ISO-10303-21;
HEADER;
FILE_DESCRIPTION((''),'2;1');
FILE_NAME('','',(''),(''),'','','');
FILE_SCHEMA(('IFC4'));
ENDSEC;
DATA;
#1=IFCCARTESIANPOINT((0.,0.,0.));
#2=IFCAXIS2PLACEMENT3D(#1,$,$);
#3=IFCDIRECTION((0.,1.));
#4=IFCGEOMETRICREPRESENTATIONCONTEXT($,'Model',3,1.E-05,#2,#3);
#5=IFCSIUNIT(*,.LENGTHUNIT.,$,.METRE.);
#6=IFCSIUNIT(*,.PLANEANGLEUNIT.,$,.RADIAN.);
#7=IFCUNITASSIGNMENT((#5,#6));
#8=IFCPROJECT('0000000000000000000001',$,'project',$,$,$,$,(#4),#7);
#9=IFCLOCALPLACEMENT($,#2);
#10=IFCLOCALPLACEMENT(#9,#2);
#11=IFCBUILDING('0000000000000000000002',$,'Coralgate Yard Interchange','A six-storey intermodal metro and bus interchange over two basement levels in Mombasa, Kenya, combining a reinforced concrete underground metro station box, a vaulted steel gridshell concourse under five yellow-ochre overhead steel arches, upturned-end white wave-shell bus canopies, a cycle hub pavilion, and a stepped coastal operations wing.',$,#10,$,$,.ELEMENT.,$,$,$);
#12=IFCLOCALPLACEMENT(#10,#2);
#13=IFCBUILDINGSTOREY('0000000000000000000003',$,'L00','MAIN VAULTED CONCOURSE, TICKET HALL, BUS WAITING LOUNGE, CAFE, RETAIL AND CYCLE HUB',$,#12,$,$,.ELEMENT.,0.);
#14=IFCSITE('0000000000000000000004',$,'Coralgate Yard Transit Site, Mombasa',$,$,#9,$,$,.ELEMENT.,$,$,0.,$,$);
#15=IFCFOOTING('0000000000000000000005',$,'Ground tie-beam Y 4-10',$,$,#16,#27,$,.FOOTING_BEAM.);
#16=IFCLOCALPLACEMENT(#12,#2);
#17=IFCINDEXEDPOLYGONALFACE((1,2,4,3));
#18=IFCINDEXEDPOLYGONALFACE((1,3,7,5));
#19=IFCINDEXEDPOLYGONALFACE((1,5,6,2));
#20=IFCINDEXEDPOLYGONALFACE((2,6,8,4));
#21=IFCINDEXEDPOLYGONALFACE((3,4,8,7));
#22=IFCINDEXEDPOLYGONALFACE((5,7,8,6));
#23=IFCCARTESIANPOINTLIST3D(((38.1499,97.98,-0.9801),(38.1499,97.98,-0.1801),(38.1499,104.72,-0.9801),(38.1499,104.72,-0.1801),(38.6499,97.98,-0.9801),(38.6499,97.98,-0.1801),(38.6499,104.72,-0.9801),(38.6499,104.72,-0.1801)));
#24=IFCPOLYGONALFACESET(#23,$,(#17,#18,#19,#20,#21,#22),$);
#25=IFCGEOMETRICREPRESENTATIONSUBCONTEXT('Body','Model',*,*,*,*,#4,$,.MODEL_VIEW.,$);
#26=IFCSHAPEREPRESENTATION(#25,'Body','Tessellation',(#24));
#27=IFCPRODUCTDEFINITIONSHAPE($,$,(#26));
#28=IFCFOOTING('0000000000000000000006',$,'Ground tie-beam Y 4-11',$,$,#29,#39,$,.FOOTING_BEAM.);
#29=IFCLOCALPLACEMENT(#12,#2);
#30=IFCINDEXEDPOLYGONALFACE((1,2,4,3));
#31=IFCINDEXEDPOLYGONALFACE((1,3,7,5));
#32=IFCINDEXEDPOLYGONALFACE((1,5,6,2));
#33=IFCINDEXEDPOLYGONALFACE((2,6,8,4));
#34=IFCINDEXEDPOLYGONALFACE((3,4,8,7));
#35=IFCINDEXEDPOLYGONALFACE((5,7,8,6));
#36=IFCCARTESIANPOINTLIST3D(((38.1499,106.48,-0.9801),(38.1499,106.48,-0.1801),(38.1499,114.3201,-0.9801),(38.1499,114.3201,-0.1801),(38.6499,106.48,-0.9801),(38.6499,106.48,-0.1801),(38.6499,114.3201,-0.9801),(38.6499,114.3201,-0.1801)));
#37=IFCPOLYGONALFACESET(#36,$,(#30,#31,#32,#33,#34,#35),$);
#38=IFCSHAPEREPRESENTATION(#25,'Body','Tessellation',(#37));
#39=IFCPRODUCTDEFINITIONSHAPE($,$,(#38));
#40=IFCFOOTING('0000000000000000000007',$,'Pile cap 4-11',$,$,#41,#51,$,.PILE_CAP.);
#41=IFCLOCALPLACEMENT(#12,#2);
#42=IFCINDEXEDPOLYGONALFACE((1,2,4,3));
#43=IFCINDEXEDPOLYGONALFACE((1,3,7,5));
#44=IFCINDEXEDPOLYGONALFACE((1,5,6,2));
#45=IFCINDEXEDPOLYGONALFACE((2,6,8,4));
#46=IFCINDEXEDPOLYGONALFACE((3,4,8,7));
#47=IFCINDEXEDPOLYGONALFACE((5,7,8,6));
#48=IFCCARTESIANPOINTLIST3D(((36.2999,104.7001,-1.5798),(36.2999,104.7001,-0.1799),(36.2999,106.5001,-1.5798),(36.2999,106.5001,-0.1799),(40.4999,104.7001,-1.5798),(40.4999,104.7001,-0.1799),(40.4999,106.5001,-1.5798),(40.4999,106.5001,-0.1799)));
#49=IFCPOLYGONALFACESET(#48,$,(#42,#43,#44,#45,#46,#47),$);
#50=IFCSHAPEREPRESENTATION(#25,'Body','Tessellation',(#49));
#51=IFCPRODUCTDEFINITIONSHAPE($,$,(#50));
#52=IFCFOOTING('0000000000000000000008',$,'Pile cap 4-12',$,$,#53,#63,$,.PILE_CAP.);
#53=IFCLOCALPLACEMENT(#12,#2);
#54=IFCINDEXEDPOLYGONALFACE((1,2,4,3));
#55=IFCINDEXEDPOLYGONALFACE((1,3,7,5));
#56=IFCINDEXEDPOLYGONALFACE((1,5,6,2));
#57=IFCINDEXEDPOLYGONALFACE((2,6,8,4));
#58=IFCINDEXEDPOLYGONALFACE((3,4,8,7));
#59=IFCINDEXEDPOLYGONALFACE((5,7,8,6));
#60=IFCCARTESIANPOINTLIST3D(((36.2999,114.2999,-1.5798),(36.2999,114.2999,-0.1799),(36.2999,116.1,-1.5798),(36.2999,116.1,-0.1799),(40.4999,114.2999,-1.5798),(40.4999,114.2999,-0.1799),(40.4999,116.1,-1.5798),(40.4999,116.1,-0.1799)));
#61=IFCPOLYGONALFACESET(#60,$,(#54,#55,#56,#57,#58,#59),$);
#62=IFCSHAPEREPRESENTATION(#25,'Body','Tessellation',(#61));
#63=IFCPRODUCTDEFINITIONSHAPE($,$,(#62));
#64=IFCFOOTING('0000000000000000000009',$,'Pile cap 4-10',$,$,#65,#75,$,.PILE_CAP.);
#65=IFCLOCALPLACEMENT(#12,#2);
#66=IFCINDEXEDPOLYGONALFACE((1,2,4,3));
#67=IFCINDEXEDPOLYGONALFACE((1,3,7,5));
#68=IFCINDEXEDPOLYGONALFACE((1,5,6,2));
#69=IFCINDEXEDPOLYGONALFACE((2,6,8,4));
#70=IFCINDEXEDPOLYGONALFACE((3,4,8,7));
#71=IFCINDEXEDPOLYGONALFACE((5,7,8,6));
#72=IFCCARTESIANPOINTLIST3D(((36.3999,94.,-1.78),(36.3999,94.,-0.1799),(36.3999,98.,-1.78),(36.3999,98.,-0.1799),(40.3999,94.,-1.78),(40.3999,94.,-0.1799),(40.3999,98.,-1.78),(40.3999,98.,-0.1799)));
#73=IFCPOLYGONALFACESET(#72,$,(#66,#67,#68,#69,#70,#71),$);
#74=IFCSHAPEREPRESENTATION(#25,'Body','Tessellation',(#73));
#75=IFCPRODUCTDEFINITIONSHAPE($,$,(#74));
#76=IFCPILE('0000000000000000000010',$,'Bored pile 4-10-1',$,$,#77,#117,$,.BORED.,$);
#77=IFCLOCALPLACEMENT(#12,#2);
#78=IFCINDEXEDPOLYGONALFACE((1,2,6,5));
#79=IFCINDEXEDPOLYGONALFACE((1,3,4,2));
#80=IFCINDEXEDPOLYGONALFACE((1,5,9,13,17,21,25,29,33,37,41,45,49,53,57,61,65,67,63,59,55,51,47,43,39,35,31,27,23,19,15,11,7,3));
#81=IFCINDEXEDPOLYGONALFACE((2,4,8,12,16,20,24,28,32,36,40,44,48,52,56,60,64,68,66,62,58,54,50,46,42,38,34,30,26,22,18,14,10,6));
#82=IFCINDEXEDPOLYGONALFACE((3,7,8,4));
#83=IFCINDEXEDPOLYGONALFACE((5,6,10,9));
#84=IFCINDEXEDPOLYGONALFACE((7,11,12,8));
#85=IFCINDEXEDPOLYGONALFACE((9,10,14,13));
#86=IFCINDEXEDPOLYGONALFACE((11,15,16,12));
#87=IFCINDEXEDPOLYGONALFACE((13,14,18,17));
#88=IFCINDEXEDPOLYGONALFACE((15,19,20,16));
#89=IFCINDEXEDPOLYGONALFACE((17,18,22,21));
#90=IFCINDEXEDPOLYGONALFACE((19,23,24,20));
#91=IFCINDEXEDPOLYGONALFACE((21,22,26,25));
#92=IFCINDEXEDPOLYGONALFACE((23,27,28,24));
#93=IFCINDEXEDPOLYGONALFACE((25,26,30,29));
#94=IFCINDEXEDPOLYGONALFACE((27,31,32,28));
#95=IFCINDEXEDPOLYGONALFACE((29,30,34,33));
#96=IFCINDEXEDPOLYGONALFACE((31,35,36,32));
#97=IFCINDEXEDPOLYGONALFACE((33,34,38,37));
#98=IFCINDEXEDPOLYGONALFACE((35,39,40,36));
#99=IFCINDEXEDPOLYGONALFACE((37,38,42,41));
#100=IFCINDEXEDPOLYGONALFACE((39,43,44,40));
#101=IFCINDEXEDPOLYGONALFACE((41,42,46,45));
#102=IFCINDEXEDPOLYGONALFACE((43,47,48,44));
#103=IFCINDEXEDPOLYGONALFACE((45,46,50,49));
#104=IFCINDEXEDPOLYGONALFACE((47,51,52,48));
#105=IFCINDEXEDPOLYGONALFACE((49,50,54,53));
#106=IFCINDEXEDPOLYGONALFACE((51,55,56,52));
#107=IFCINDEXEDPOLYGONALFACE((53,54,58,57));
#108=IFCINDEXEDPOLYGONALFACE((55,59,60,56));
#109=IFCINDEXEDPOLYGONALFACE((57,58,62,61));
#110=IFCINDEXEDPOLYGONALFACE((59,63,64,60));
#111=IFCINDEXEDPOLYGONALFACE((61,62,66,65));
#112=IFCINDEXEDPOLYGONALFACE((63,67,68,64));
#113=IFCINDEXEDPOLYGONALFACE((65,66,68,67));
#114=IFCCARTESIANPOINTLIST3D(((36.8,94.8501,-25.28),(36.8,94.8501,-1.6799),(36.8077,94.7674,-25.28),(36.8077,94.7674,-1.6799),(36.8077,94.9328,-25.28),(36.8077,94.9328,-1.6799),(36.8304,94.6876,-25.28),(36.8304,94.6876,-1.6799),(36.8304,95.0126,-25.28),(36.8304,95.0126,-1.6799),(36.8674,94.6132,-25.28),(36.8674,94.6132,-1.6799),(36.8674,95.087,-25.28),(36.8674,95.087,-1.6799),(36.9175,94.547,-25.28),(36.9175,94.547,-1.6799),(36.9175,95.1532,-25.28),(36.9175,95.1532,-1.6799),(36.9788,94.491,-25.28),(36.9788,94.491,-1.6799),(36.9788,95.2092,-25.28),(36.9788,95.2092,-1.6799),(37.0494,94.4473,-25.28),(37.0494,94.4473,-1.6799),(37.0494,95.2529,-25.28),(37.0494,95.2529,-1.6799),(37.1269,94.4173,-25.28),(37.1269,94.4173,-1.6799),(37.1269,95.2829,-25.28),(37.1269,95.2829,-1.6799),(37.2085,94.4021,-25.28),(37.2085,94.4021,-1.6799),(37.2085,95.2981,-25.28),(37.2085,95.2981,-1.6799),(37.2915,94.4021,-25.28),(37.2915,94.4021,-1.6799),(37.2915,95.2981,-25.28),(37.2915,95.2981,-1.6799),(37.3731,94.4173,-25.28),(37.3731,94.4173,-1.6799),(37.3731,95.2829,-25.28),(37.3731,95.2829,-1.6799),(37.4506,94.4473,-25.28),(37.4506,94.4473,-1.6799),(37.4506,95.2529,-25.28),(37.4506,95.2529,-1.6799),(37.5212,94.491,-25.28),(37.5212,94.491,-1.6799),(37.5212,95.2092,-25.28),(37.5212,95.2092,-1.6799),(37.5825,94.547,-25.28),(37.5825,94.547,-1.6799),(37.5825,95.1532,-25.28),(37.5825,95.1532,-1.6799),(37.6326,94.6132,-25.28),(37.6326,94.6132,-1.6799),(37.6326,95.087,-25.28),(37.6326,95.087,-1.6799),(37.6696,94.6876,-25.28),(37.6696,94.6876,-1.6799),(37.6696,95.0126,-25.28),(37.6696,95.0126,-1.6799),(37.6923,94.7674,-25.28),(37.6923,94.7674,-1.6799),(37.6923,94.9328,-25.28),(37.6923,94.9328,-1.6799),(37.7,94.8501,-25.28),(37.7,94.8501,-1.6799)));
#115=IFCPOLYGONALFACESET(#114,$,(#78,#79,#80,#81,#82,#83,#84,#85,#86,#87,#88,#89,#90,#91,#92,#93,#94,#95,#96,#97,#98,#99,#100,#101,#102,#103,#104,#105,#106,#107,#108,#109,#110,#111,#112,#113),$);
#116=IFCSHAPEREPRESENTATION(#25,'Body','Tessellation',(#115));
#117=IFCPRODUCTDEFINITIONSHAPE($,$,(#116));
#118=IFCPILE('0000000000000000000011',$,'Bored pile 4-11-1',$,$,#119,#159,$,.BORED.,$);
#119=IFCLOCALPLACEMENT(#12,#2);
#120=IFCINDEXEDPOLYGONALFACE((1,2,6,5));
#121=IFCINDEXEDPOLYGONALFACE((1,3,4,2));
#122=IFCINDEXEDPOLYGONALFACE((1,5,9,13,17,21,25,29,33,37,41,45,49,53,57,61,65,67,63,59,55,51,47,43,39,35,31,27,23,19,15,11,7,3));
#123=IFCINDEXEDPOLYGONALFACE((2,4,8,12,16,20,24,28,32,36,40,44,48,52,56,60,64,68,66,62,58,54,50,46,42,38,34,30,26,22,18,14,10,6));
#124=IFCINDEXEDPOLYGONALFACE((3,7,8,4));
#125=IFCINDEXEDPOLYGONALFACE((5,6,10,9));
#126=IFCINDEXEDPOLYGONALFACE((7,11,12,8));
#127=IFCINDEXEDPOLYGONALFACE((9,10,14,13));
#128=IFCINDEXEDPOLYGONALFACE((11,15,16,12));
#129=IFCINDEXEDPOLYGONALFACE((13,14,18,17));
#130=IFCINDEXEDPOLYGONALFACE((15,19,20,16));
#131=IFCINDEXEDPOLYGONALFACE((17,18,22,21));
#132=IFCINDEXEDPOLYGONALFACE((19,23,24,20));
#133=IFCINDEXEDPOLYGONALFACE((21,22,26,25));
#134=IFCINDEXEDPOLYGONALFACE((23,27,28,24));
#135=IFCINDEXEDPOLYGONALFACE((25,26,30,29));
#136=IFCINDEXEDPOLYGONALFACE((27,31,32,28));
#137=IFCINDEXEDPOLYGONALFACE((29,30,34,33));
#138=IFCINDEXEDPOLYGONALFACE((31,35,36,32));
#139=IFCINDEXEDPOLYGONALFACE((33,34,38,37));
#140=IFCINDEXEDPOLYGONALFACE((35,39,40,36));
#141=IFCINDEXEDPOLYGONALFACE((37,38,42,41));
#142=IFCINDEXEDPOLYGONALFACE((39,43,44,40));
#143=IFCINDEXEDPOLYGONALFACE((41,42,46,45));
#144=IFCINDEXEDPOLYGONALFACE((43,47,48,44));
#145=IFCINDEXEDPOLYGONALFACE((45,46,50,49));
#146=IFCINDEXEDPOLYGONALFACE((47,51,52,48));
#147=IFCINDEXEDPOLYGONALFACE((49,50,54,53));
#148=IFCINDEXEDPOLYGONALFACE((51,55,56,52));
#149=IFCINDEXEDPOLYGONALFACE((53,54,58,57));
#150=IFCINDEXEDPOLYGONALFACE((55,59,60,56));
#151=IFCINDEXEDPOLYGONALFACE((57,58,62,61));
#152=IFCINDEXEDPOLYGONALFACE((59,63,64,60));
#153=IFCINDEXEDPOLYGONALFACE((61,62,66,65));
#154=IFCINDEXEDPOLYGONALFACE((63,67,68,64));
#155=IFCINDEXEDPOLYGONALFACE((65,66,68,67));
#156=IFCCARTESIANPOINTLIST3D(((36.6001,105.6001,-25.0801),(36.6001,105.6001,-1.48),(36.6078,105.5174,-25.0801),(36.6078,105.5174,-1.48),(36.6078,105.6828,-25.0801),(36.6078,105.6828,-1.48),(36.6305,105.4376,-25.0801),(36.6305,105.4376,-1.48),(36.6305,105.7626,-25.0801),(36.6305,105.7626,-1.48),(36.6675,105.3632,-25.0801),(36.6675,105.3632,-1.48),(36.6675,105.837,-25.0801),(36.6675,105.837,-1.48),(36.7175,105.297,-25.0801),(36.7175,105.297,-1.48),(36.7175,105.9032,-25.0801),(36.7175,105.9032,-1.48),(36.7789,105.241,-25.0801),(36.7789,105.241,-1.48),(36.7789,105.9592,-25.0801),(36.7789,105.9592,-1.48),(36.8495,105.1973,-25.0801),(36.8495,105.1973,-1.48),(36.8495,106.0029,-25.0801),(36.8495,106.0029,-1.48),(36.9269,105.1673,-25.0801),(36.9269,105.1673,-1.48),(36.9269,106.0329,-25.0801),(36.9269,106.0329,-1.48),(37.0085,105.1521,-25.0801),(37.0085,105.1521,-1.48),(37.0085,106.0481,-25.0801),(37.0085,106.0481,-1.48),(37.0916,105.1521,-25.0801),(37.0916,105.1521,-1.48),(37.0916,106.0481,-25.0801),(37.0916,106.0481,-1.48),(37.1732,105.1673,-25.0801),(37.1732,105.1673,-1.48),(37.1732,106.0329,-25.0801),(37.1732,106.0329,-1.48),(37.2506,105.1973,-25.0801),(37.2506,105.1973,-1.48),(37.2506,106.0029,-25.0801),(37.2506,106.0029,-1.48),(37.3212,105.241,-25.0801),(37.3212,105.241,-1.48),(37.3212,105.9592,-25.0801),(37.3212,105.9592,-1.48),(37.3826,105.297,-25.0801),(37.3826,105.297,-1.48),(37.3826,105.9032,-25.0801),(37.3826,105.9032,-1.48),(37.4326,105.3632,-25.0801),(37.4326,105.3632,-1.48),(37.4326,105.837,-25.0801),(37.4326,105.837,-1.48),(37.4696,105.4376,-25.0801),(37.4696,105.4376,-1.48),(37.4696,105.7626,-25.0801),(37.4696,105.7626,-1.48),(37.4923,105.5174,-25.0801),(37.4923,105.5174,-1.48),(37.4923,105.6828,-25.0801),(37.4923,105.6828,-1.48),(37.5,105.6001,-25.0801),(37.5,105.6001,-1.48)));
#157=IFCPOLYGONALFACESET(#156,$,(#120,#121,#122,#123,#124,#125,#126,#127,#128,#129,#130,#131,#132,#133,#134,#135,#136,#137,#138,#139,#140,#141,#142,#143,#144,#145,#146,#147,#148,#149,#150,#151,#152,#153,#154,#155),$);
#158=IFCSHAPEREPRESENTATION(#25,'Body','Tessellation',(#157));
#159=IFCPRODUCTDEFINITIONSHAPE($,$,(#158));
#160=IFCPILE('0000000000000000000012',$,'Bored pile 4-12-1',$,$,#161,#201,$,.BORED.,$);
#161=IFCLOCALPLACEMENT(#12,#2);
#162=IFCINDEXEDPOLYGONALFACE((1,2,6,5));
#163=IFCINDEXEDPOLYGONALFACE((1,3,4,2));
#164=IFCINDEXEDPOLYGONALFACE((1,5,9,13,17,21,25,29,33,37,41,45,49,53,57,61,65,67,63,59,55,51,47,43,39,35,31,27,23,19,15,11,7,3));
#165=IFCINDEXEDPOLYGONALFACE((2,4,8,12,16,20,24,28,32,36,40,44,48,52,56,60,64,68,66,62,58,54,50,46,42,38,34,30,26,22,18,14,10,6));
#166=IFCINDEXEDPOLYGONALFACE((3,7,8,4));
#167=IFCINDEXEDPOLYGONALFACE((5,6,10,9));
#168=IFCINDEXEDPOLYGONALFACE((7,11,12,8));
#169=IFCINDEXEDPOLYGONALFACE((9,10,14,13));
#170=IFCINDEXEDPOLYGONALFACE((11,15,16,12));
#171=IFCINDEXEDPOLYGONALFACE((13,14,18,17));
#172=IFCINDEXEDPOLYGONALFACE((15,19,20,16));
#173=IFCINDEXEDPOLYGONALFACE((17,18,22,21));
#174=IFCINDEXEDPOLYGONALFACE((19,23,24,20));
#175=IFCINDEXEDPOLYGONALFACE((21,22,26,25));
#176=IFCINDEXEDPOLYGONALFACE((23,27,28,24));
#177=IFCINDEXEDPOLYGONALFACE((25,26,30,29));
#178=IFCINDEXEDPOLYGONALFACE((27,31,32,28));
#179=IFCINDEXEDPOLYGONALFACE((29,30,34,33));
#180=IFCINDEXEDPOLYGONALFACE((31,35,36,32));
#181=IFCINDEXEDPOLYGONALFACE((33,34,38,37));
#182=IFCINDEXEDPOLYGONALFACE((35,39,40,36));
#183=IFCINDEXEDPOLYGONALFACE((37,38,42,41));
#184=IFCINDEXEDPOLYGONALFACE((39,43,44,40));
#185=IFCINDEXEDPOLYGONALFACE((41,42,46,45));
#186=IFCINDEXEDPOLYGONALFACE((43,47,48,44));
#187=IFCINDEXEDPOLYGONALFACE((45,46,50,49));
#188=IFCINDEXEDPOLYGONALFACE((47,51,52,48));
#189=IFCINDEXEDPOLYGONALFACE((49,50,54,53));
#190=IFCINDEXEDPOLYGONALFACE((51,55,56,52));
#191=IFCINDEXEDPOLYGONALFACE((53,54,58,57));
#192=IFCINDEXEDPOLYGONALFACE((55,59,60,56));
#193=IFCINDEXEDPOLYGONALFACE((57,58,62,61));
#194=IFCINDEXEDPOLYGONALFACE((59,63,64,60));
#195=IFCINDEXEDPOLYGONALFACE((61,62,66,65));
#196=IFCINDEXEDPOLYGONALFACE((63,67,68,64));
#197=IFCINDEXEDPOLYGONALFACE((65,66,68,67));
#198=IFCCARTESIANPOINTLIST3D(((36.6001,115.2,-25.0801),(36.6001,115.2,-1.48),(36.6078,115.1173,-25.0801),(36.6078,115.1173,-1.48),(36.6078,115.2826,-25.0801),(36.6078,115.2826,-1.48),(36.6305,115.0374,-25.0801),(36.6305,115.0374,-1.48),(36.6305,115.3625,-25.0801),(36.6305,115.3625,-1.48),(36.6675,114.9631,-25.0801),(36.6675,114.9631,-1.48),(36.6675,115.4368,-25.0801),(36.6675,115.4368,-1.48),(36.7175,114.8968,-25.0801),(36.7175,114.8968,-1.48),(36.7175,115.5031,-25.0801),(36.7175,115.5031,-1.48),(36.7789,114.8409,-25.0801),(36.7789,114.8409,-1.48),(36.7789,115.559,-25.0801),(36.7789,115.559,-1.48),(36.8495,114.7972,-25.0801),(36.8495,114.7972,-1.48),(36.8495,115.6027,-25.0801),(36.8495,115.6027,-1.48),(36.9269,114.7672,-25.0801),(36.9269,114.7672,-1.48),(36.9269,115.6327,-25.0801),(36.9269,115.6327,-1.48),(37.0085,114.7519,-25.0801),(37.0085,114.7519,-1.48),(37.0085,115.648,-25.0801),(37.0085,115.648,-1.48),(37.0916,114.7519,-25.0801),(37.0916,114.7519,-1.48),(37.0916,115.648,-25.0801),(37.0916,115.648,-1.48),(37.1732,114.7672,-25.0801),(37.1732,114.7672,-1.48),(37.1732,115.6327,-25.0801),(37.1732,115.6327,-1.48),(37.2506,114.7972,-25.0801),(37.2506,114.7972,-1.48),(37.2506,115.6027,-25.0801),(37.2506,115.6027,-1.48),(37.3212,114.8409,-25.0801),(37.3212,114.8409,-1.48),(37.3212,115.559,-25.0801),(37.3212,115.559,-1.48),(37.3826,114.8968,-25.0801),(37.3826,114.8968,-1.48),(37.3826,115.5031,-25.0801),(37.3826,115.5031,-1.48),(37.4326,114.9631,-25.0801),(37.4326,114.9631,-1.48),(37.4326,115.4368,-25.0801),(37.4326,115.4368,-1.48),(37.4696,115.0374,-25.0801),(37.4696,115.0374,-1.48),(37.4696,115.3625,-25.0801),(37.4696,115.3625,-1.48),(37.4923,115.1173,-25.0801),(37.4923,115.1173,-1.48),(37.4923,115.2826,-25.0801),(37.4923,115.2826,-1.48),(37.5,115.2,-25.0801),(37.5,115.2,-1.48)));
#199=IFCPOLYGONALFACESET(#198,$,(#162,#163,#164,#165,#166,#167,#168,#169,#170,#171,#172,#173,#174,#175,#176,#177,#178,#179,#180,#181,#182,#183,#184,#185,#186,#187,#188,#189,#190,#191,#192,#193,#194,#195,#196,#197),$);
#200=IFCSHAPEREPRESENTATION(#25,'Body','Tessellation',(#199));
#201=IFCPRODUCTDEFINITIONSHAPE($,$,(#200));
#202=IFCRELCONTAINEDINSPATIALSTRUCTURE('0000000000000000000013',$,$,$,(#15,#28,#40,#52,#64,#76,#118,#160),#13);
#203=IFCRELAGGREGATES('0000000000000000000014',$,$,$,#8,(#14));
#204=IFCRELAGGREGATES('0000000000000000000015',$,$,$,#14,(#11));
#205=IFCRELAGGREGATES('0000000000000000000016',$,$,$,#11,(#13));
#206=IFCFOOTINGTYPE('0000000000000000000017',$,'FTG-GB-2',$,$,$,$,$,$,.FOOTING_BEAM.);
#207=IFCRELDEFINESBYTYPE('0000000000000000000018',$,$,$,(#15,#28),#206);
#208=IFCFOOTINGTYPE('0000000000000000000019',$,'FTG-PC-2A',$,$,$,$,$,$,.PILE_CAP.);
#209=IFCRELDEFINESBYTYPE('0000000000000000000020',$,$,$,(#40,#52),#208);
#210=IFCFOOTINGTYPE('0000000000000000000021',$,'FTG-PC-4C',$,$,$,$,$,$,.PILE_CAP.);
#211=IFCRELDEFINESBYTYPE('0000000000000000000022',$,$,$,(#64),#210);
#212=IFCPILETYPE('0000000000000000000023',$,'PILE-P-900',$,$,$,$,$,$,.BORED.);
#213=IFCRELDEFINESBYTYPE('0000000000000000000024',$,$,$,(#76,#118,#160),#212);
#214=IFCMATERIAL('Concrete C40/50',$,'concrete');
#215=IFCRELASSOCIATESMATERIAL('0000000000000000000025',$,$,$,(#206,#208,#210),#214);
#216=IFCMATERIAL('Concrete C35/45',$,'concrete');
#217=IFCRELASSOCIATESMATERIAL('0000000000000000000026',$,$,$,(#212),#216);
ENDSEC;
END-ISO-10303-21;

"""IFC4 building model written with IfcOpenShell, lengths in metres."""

from ifc_helpers import new_model, si_unit, direction, frame, origin, origin_2d, place, context, subcontext, project, spatial, rectangle, circle, extrude, material, material_profile, profile_set, type_object, element, save


model = new_model("IFC4")

# Units and contexts
model_context = context("Model", 3, precision=1e-05, world=origin(), true_north=direction((0.0, 1.0)))
body_context = subcontext(model_context, "Body", "Model", "MODEL_VIEW")
ifc_project = project(units=[si_unit("LENGTHUNIT", "METRE"), si_unit("PLANEANGLEUNIT", "RADIAN")], contexts=[model_context])

# Site, building, storey
site_placement = place(None, origin())
site = spatial("IfcSite", under=ifc_project, at=site_placement, Name="Coralgate Yard Transit Site, Mombasa", CompositionType="ELEMENT", RefElevation=0.0)
building_placement = place(site_placement, origin())
building = spatial("IfcBuilding", under=site, at=building_placement, Name="Coralgate Yard Interchange", Description="A six-storey intermodal metro and bus interchange over two basement levels in Mombasa, Kenya, combining a reinforced concrete underground metro station box, a vaulted steel gridshell concourse under five yellow-ochre overhead steel arches, upturned-end white wave-shell bus canopies, a cycle hub pavilion, and a stepped coastal operations wing.", CompositionType="ELEMENT")
storey_placement = place(building_placement, origin())
storey = spatial("IfcBuildingStorey", under=building, at=storey_placement, Name="L00", Description="MAIN VAULTED CONCOURSE, TICKET HALL, BUS WAITING LOUNGE, CAFE, RETAIL AND CYCLE HUB", CompositionType="ELEMENT", Elevation=0.0)

# Footings
ifc_material_1 = material(Name="Concrete C40/50", Category="concrete")
ifc_material_profile_1 = material_profile(ifc_material_1, rectangle(XDim=0.5, YDim=0.8, at=origin_2d()), Name="RC 500x800")
ifc_profile_set_1 = profile_set([ifc_material_profile_1], Name="Concrete C40/50")
footing_type_1 = type_object("IfcFootingType", Name="FTG-GB-2", PredefinedType="FOOTING_BEAM", material=ifc_profile_set_1)
footing_1_placement = place(storey_placement, frame((38.3999, 97.98, -0.5801), z_axis=(0.0, 1.0, 0.0), x_axis=(-1.0, 0.0, 0.0)))
element("IfcFooting", 1, at=footing_1_placement, inside=storey, type_object=footing_type_1, Name="Ground tie-beam Y 4-10", PredefinedType="FOOTING_BEAM", context=body_context, shape_type="SweptSolid", body=[
    extrude(rectangle(XDim=0.5, YDim=0.8, at=origin_2d()), origin(), (0.0, 0.0, 1.0), 6.74),
])
footing_2_placement = place(storey_placement, frame((38.3999, 106.48, -0.5801), z_axis=(0.0, 1.0, 0.0), x_axis=(-1.0, 0.0, 0.0)))
element("IfcFooting", 2, at=footing_2_placement, inside=storey, type_object=footing_type_1, Name="Ground tie-beam Y 4-11", PredefinedType="FOOTING_BEAM", context=body_context, shape_type="SweptSolid", body=[
    extrude(rectangle(XDim=0.5, YDim=0.8, at=origin_2d()), origin(), (0.0, 0.0, 1.0), 7.8401),
])
footing_type_2 = type_object("IfcFootingType", Name="FTG-PC-2A", PredefinedType="PILE_CAP", material=ifc_material_1)
for number, where, z_axis, x_axis, name in (
    (3, (38.3999, 105.6001, -1.5798), (0.0, 0.0, 1.0), (1.0, 0.0, 0.0), "Pile cap 4-11"),
    (4, (38.3999, 115.2, -1.5798), (0.0, 0.0, 1.0), (1.0, 0.0, 0.0), "Pile cap 4-12"),
):
    element("IfcFooting", number, at=place(storey_placement, frame(where, z_axis=z_axis, x_axis=x_axis)), inside=storey, type_object=footing_type_2, Name=name, PredefinedType="PILE_CAP", context=body_context, shape_type="SweptSolid", body=[
        extrude(rectangle(XDim=4.2, YDim=1.8, at=origin_2d()), origin(), (0.0, 0.0, 1.0), 1.3999),
    ])
footing_type_3 = type_object("IfcFootingType", Name="FTG-PC-4C", PredefinedType="PILE_CAP", material=ifc_material_1)
footing_3_placement = place(storey_placement, frame((38.3999, 96.0, -1.78), z_axis=(0.0, 0.0, 1.0), x_axis=(1.0, 0.0, 0.0)))
element("IfcFooting", 5, at=footing_3_placement, inside=storey, type_object=footing_type_3, Name="Pile cap 4-10", PredefinedType="PILE_CAP", context=body_context, shape_type="SweptSolid", body=[
    extrude(rectangle(XDim=4.0, YDim=4.0, at=origin_2d()), origin(), (0.0, 0.0, 1.0), 1.6001),
])

# Piles
ifc_material_2 = material(Name="Concrete C35/45", Category="concrete")
ifc_material_profile_2 = material_profile(ifc_material_2, circle(Radius=0.45, at=origin_2d()), Name="BORED PILE D900")
ifc_profile_set_2 = profile_set([ifc_material_profile_2], Name="Concrete C35/45")
pile_type = type_object("IfcPileType", Name="PILE-P-900", PredefinedType="BORED", material=ifc_profile_set_2)
for number, where, z_axis, x_axis, name in (
    (6, (37.25, 94.8501, -1.6799), (0.0, 0.0, -1.0), (1.0, 0.0, 0.0), "Bored pile 4-10-1"),
    (7, (37.05, 105.6001, -1.48), (0.0, 0.0, -1.0), (1.0, 0.0, 0.0), "Bored pile 4-11-1"),
    (8, (37.05, 115.2, -1.48), (0.0, 0.0, -1.0), (1.0, 0.0, 0.0), "Bored pile 4-12-1"),
):
    element("IfcPile", number, at=place(storey_placement, frame(where, z_axis=z_axis, x_axis=x_axis)), inside=storey, type_object=pile_type, Name=name, PredefinedType="BORED", context=body_context, shape_type="SweptSolid", body=[
        extrude(circle(Radius=0.45, at=origin_2d()), origin(), (0.0, 0.0, 1.0), 23.6001),
    ])

save(model, "model.ifc")
